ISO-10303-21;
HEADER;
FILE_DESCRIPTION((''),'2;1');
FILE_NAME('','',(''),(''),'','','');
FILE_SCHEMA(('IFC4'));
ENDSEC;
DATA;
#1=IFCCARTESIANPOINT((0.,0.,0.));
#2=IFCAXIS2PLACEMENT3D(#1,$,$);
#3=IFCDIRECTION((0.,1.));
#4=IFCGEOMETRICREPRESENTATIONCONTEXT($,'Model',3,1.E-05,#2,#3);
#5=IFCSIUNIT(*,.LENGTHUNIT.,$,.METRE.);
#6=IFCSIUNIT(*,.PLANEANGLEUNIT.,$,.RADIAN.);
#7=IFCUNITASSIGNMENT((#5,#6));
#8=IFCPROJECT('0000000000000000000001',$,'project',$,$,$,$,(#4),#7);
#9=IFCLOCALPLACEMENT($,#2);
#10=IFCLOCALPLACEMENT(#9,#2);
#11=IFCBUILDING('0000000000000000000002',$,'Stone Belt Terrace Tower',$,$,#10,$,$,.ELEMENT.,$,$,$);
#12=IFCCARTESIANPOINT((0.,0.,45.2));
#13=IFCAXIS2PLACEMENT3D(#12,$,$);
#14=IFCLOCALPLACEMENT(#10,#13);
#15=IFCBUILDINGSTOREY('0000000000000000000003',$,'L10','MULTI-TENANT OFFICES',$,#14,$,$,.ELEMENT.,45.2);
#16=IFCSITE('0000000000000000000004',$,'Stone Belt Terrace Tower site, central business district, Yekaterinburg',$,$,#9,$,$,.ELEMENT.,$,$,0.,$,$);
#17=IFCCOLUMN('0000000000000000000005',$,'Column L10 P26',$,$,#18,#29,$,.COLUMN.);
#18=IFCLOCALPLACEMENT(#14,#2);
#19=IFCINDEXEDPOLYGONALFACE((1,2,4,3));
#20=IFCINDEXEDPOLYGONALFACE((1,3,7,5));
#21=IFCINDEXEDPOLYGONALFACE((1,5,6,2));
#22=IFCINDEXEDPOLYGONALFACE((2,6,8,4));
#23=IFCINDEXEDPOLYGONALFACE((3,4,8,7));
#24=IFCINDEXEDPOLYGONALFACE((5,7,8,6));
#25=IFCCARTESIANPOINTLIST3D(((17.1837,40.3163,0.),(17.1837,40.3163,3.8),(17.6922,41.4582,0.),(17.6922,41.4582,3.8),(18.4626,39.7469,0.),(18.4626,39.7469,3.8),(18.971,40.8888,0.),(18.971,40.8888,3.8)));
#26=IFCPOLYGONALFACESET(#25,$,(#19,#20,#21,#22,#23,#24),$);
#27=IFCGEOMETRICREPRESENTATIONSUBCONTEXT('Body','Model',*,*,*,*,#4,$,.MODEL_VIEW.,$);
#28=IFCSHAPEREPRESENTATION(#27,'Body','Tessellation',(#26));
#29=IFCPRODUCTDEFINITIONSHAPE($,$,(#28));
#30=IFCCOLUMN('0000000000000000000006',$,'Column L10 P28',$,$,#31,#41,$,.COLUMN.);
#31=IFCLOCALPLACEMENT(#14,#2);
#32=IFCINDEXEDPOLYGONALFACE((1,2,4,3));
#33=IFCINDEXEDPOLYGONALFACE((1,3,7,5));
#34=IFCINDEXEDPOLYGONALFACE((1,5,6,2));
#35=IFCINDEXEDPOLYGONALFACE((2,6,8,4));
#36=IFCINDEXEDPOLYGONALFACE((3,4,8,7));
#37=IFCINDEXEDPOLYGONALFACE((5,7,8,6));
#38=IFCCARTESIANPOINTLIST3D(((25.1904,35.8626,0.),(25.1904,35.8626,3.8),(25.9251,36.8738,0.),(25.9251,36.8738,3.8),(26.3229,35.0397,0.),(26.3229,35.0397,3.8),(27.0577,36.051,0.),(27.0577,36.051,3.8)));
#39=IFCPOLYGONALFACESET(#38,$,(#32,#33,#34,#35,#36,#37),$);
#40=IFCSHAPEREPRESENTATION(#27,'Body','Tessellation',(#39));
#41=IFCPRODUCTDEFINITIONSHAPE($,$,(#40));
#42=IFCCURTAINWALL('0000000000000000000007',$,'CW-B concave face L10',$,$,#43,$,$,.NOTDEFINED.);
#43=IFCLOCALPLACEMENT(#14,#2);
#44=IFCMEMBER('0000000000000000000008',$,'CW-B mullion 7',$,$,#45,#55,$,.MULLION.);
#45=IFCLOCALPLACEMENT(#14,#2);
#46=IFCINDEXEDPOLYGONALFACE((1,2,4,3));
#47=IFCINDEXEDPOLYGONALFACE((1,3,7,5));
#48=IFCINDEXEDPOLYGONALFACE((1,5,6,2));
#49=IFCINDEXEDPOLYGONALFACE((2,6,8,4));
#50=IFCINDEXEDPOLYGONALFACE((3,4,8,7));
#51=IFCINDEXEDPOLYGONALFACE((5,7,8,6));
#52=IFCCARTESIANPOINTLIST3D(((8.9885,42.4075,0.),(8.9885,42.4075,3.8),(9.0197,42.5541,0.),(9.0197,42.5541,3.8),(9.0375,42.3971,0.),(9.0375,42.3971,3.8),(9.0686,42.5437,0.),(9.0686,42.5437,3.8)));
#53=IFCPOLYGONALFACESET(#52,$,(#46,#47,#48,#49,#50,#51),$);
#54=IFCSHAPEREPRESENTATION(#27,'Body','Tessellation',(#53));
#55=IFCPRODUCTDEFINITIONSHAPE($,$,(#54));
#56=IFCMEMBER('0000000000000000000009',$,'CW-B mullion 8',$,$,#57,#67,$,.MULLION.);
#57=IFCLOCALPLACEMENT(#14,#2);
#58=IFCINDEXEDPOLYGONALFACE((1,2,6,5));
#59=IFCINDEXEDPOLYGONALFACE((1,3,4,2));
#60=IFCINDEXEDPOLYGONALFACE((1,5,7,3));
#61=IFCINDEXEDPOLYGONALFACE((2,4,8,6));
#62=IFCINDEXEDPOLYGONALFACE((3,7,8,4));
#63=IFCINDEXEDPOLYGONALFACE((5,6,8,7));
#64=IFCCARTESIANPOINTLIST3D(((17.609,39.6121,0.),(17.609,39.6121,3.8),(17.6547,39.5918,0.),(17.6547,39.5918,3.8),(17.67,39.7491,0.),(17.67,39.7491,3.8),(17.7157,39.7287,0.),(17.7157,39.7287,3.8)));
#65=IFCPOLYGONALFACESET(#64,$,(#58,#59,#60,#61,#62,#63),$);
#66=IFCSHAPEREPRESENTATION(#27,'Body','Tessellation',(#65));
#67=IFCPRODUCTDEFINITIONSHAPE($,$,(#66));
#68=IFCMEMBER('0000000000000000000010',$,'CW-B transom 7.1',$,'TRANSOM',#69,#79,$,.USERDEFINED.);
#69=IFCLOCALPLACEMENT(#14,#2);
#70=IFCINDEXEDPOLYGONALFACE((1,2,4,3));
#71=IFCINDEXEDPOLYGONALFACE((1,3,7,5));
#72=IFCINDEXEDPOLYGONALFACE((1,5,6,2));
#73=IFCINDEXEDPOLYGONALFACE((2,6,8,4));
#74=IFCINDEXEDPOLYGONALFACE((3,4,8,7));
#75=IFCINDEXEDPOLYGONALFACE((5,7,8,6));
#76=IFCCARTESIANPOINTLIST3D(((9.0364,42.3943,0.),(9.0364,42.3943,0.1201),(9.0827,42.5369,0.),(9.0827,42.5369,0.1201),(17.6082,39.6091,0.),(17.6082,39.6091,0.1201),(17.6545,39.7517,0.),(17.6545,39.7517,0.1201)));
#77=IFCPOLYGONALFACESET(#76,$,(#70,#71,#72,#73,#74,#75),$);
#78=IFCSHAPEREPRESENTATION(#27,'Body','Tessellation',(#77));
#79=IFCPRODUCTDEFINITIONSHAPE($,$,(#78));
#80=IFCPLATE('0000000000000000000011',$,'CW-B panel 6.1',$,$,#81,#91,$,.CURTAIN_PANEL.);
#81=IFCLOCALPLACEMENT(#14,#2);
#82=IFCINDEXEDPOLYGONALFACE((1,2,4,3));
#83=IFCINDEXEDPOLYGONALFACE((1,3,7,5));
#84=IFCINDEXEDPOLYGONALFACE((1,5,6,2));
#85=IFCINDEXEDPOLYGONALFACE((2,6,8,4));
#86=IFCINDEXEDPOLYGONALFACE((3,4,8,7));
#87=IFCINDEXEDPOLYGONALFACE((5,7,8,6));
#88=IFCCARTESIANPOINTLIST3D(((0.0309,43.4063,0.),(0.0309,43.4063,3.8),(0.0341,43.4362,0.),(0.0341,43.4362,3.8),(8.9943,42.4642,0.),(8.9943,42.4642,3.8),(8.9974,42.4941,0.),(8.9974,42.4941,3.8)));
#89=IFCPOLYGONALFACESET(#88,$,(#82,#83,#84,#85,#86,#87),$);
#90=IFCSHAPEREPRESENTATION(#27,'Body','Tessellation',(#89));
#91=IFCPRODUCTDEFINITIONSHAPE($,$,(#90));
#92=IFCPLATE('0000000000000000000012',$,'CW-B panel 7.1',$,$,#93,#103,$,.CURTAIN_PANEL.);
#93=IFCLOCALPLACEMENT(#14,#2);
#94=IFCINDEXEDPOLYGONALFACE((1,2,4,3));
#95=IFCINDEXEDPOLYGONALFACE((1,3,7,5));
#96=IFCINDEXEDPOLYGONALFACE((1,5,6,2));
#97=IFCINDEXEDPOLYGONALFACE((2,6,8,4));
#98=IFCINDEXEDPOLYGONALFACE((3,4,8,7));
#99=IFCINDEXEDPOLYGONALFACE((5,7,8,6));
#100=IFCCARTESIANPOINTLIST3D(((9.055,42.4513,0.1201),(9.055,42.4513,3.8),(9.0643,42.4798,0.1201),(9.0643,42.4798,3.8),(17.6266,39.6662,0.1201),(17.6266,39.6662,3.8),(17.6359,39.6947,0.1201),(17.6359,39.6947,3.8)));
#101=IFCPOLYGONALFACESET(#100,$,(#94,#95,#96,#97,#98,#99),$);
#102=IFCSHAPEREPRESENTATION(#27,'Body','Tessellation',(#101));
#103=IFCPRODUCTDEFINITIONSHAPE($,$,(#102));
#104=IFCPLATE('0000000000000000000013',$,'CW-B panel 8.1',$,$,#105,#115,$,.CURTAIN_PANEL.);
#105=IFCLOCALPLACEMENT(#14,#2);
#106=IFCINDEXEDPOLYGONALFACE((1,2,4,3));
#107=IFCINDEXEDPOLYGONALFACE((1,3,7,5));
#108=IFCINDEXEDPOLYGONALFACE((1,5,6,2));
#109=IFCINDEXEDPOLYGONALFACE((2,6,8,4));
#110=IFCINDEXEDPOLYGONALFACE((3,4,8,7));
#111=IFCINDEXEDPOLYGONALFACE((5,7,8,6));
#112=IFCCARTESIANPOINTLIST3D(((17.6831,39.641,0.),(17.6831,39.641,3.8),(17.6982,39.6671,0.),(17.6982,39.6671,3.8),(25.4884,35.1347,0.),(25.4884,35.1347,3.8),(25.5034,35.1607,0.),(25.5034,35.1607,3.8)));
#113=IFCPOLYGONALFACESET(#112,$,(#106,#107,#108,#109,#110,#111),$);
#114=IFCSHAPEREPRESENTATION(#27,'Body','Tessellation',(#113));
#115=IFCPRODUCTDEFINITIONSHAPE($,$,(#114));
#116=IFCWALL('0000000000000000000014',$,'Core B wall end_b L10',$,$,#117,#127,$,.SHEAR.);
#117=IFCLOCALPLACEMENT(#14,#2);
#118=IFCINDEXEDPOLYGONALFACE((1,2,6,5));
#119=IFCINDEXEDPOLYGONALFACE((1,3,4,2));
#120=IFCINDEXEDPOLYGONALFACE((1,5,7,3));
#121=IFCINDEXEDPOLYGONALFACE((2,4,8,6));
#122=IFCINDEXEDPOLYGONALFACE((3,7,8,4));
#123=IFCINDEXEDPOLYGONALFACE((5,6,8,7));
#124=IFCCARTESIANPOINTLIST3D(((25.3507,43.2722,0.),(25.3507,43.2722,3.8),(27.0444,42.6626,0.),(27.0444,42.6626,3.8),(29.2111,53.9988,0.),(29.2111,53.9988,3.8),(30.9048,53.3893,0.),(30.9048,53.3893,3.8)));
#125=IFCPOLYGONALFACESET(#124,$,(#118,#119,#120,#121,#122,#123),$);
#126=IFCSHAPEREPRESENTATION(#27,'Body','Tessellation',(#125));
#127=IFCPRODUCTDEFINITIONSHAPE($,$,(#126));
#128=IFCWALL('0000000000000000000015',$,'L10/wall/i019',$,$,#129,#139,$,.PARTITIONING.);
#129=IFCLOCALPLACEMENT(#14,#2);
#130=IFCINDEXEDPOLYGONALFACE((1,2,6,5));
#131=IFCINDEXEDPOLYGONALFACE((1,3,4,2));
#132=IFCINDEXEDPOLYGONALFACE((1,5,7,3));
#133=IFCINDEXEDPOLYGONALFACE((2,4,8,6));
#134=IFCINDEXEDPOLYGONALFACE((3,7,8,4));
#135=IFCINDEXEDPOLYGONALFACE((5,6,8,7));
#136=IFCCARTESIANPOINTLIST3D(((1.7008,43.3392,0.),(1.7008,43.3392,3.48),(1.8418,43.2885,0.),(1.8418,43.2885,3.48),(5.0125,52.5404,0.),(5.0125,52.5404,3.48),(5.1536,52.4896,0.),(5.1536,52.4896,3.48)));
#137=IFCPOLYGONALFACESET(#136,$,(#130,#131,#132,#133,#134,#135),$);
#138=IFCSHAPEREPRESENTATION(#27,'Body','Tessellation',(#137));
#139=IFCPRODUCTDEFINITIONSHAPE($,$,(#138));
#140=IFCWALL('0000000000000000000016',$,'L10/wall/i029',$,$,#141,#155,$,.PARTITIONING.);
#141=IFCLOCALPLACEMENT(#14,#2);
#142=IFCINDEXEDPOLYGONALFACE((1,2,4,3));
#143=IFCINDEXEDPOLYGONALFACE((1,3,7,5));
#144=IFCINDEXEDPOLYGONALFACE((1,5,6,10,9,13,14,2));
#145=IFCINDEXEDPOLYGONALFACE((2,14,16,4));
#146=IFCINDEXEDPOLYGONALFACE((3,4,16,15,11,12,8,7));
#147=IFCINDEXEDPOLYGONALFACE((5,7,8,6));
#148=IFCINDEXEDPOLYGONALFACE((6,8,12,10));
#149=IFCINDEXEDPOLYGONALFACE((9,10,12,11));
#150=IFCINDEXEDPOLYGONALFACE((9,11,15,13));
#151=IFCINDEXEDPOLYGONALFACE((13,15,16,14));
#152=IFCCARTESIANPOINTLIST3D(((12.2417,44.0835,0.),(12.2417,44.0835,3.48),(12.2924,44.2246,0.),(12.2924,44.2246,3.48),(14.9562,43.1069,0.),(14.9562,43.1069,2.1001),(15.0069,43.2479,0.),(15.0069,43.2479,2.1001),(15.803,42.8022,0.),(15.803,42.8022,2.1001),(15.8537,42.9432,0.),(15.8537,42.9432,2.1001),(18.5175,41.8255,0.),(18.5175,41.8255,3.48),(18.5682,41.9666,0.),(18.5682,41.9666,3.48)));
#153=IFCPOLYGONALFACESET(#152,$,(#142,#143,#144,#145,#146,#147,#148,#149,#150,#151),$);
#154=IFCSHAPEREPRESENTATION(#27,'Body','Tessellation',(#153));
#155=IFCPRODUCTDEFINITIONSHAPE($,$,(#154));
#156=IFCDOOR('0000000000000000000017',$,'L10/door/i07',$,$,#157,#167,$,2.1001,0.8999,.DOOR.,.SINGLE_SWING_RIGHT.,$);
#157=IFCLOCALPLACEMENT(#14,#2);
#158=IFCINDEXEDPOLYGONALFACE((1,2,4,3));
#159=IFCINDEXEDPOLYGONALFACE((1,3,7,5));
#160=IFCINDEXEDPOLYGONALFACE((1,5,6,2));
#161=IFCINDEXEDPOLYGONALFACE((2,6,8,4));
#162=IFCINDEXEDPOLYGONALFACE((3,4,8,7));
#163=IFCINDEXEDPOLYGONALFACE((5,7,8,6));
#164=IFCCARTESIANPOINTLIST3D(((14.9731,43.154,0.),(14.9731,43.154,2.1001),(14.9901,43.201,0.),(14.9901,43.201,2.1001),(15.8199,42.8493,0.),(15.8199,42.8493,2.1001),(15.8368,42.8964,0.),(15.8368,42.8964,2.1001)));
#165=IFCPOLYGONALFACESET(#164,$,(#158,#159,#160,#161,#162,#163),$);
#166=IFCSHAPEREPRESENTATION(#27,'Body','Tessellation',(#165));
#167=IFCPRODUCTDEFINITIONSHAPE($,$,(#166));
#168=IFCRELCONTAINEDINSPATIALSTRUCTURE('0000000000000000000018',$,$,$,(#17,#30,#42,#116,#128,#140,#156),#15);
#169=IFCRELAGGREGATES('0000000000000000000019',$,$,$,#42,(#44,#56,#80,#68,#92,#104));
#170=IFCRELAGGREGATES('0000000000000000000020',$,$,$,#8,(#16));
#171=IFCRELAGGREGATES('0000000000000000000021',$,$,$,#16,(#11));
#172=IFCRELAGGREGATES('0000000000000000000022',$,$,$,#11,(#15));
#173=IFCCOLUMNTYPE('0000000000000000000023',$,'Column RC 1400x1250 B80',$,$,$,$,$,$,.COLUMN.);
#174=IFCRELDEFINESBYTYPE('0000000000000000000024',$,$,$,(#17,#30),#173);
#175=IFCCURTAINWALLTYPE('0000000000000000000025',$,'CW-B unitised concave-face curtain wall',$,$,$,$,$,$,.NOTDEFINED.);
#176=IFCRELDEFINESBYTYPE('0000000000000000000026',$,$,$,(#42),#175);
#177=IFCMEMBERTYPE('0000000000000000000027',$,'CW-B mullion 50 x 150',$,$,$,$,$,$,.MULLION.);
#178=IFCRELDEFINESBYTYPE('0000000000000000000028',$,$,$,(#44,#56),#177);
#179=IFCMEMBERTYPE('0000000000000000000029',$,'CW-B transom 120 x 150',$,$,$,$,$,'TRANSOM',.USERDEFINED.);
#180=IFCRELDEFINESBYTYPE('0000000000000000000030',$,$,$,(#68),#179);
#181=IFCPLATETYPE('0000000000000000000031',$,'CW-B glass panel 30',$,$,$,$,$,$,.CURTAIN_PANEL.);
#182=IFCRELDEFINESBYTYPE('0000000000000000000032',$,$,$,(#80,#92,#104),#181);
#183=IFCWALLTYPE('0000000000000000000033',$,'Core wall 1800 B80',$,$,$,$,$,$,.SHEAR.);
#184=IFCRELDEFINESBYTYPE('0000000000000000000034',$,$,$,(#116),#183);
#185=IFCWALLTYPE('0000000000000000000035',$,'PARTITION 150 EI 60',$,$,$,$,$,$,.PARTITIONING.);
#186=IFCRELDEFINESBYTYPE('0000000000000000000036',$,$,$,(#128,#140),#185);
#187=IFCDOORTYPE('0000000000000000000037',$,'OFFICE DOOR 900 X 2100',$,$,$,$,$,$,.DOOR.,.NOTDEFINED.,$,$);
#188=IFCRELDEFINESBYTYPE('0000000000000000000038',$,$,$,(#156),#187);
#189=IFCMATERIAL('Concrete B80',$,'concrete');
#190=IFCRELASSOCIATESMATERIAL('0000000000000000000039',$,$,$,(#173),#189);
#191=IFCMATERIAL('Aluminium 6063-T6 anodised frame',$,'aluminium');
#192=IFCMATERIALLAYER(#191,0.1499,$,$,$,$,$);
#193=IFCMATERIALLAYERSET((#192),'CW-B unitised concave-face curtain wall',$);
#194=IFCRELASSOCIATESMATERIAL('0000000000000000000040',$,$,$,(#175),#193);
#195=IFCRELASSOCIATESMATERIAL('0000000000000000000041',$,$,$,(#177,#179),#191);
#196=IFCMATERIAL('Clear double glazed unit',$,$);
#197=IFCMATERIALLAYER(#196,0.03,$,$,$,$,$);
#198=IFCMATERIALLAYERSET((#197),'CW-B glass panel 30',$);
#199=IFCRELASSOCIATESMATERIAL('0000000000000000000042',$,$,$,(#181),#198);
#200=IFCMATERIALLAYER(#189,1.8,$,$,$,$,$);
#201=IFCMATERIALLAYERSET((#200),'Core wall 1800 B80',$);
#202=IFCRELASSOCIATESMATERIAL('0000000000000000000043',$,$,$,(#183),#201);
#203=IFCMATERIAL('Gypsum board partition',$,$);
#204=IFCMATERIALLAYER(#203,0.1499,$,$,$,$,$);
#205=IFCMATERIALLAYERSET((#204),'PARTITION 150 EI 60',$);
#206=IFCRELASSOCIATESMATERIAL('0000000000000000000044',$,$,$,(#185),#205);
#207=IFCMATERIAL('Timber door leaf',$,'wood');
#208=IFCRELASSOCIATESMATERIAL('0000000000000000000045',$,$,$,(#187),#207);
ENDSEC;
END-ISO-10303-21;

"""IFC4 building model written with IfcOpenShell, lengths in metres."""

from ifc_helpers import new_model, si_unit, direction, frame, frame_2d, origin, origin_2d, place, context, subcontext, project, spatial, rectangle, extrude, material, layer, layer_set, material_profile, profile_set, type_object, element, fill, aggregate, save


model = new_model("IFC4")

# Units and contexts
model_context = context("Model", 3, precision=1e-05, world=origin(), true_north=direction((0.0, 1.0)))
body_context = subcontext(model_context, "Body", "Model", "MODEL_VIEW")
ifc_project = project(units=[si_unit("LENGTHUNIT", "METRE"), si_unit("PLANEANGLEUNIT", "RADIAN")], contexts=[model_context])

# Site, building, storey
site_placement = place(None, origin())
site = spatial("IfcSite", under=ifc_project, at=site_placement, Name="Stone Belt Terrace Tower site, central business district, Yekaterinburg", CompositionType="ELEMENT", RefElevation=0.0)
building_placement = place(site_placement, origin())
building = spatial("IfcBuilding", under=site, at=building_placement, Name="Stone Belt Terrace Tower", CompositionType="ELEMENT")
storey_placement = place(building_placement, frame((0.0, 0.0, 45.2)))
storey = spatial("IfcBuildingStorey", under=building, at=storey_placement, Name="L10", Description="MULTI-TENANT OFFICES", CompositionType="ELEMENT", Elevation=45.2)

# Columns
ifc_material_1 = material(Name="Concrete B80", Category="concrete")
ifc_material_profile_1 = material_profile(ifc_material_1, rectangle(XDim=1.3999, YDim=1.25, at=origin_2d()), Name="RC 1400x1250")
ifc_profile_set_1 = profile_set([ifc_material_profile_1], Name="Concrete B80")
column_type = type_object("IfcColumnType", Name="Column RC 1400x1250 B80", PredefinedType="COLUMN", material=ifc_profile_set_1)
for number, where, z_axis, x_axis, name in (
    (1, (18.0774, 40.6025, 0.0), (0.0, 0.0, 1.0), (0.913545, -0.406737, 0.0), "Column L10 P26"),
    (2, (26.124, 35.9568, 0.0), (0.0, 0.0, 1.0), (0.809017, -0.587785, 0.0), "Column L10 P28"),
):
    element("IfcColumn", number, at=place(storey_placement, frame(where, z_axis=z_axis, x_axis=x_axis)), inside=storey, type_object=column_type, Name=name, PredefinedType="COLUMN", context=body_context, shape_type="SweptSolid", body=[
        extrude(rectangle(XDim=1.3999, YDim=1.25, at=origin_2d()), origin(), (0.0, 0.0, 1.0), 3.8),
    ])

# Curtain wall, members, plates
ifc_material_2 = material(Name="Aluminium 6063-T6 anodised frame", Category="aluminium")
ifc_layer_1 = layer(ifc_material_2, 0.1499)
ifc_layer_set_1 = layer_set([ifc_layer_1], Name="CW-B unitised concave-face curtain wall")
curtain_wall_type = type_object("IfcCurtainWallType", Name="CW-B unitised concave-face curtain wall", PredefinedType="NOTDEFINED", material=ifc_layer_set_1)
curtain_wall_placement = place(storey_placement, origin())
curtain_wall = element("IfcCurtainWall", 3, at=curtain_wall_placement, inside=storey, type_object=curtain_wall_type, Name="CW-B concave face L10", PredefinedType="NOTDEFINED")
ifc_material_profile_2 = material_profile(ifc_material_2, rectangle(XDim=0.1499, YDim=0.05, at=origin_2d()), Name="Aluminium 6063-T6 50x150")
ifc_profile_set_2 = profile_set([ifc_material_profile_2], Name="Aluminium 6063-T6 anodised frame")
member_type_1 = type_object("IfcMemberType", Name="CW-B mullion 50 x 150", PredefinedType="MULLION", material=ifc_profile_set_2)
member_1_placement = place(storey_placement, frame((9.0286, 42.4756, 0.0), z_axis=(0.0, 0.0, 1.0), x_axis=(0.207912, 0.978148, 0.0)))
member_1 = element("IfcMember", 4, at=member_1_placement, type_object=member_type_1, Name="CW-B mullion 7", PredefinedType="MULLION", context=body_context, shape_type="SweptSolid", body=[
    extrude(rectangle(XDim=0.1499, YDim=0.05, at=origin_2d()), origin(), (0.0, 0.0, 1.0), 3.8),
])
member_2_placement = place(storey_placement, frame((17.6624, 39.6704, 0.0), z_axis=(0.0, 0.0, 1.0), x_axis=(0.406737, 0.913545, 0.0)))
member_2 = element("IfcMember", 5, at=member_2_placement, type_object=member_type_1, Name="CW-B mullion 8", PredefinedType="MULLION", context=body_context, shape_type="SweptSolid", body=[
    extrude(rectangle(XDim=0.1499, YDim=0.05, at=origin_2d()), origin(), (0.0, 0.0, 1.0), 3.8),
])
ifc_material_profile_3 = material_profile(ifc_material_2, rectangle(XDim=0.1499, YDim=0.1201, at=origin_2d()), Name="Aluminium 6063-T6 150x120")
ifc_profile_set_3 = profile_set([ifc_material_profile_3], Name="Aluminium 6063-T6 anodised frame")
member_type_2 = type_object("IfcMemberType", Name="CW-B transom 120 x 150", ElementType="TRANSOM", PredefinedType="USERDEFINED", material=ifc_profile_set_3)
member_3_placement = place(storey_placement, frame((9.0596, 42.4656, 0.0601), z_axis=(0.951056, -0.309019, 0.0), x_axis=(0.309019, 0.951056, 0.0)))
member_3 = element("IfcMember", 6, at=member_3_placement, type_object=member_type_2, Name="CW-B transom 7.1", ObjectType="TRANSOM", PredefinedType="USERDEFINED", context=body_context, shape_type="SweptSolid", body=[
    extrude(rectangle(XDim=0.1499, YDim=0.1201, at=origin_2d()), origin(), (0.0, 0.0, 1.0), 9.0129),
])
ifc_material_3 = material(Name="Clear double glazed unit")
ifc_layer_2 = layer(ifc_material_3, 0.03)
ifc_layer_set_2 = layer_set([ifc_layer_2], Name="CW-B glass panel 30")
plate_type = type_object("IfcPlateType", Name="CW-B glass panel 30", PredefinedType="CURTAIN_PANEL", material=ifc_layer_set_2)
plate_1_placement = place(storey_placement, frame((4.5142, 42.9502, 0.0), z_axis=(0.0, 0.0, 1.0), x_axis=(0.994522, -0.104528, 0.0)))
plate_1 = element("IfcPlate", 7, at=plate_1_placement, type_object=plate_type, Name="CW-B panel 6.1", PredefinedType="CURTAIN_PANEL", context=body_context, shape_type="SweptSolid", body=[
    extrude(rectangle(XDim=9.0127, YDim=0.03, at=origin_2d()), origin(), (0.0, 0.0, 1.0), 3.8),
])
plate_2_placement = place(storey_placement, frame((13.3455, 41.073, 0.1201), z_axis=(0.0, 0.0, 1.0), x_axis=(0.951057, -0.309017, 0.0)))
plate_2 = element("IfcPlate", 8, at=plate_2_placement, type_object=plate_type, Name="CW-B panel 7.1", PredefinedType="CURTAIN_PANEL", context=body_context, shape_type="SweptSolid", body=[
    extrude(rectangle(XDim=9.0127, YDim=0.03, at=origin_2d()), origin(), (0.0, 0.0, 1.0), 3.6799),
])
plate_3_placement = place(storey_placement, frame((21.5933, 37.4009, 0.0), z_axis=(0.0, 0.0, 1.0), x_axis=(0.866025, -0.5, 0.0)))
plate_3 = element("IfcPlate", 9, at=plate_3_placement, type_object=plate_type, Name="CW-B panel 8.1", PredefinedType="CURTAIN_PANEL", context=body_context, shape_type="SweptSolid", body=[
    extrude(rectangle(XDim=9.0127, YDim=0.03, at=origin_2d()), origin(), (0.0, 0.0, 1.0), 3.8),
])
aggregate(curtain_wall, [member_1, member_2, plate_1, member_3, plate_2, plate_3])

# Walls
ifc_layer_3 = layer(ifc_material_1, 1.8)
ifc_layer_set_3 = layer_set([ifc_layer_3], Name="Core wall 1800 B80")
wall_type_1 = type_object("IfcWallType", Name="Core wall 1800 B80", PredefinedType="SHEAR", material=ifc_layer_set_3)
wall_1_placement = place(storey_placement, frame((26.1975, 42.9673, 0.0), z_axis=(0.0, 0.0, 1.0), x_axis=(0.338625, 0.940921, 0.0)))
element("IfcWall", 10, at=wall_1_placement, inside=storey, type_object=wall_type_1, Name="Core B wall end_b L10", PredefinedType="SHEAR", context=body_context, shape_type="SweptSolid", body=[
    extrude(rectangle(XDim=11.4001, YDim=1.8, at=frame_2d((5.7002, 0.0))), origin(), (0.0, 0.0, 1.0), 3.8),
])
ifc_material_4 = material(Name="Gypsum board partition")
ifc_layer_4 = layer(ifc_material_4, 0.1499)
ifc_layer_set_4 = layer_set([ifc_layer_4], Name="PARTITION 150 EI 60")
wall_type_2 = type_object("IfcWallType", Name="PARTITION 150 EI 60", PredefinedType="PARTITIONING", material=ifc_layer_set_4)
wall_2_placement = place(storey_placement, frame((1.7712, 43.3137, 0.0), z_axis=(0.0, 0.0, 1.0), x_axis=(0.33866, 0.940909, 0.0)))
element("IfcWall", 11, at=wall_2_placement, inside=storey, type_object=wall_type_2, Name="L10/wall/i019", PredefinedType="PARTITIONING", context=body_context, shape_type="SweptSolid", body=[
    extrude(rectangle(XDim=9.7791, YDim=0.1499, at=frame_2d((4.8896, 0.0))), origin(), (0.0, 0.0, 1.0), 3.48),
])

# Wall, opening, door
wall_3_placement = place(storey_placement, frame((18.543, 41.896, 0.0), z_axis=(0.0, 0.0, 1.0), x_axis=(-0.940948, 0.338552, 0.0)))
wall_3 = element("IfcWall", 12, at=wall_3_placement, inside=storey, type_object=wall_type_2, Name="L10/wall/i029", PredefinedType="PARTITIONING", context=body_context, shape_type="SweptSolid", body=[
    extrude(rectangle(XDim=6.6697, YDim=0.1499, at=frame_2d((3.335, 0.0))), origin(), (0.0, 0.0, 1.0), 3.48),
])
opening_1_placement = place(wall_3_placement, frame((2.885, 0.0, 0.0)))
opening_1 = element("IfcOpeningElement", 13, at=opening_1_placement, cuts=wall_3, PredefinedType="OPENING", context=body_context, shape_type="SweptSolid", body=[
    extrude(rectangle(XDim=0.8999, YDim=2.1001, at=frame_2d((0.45, 1.05))), frame((0.0, 0.085, 0.0), z_axis=(0.0, -1.0, 0.0), x_axis=(1.0, 0.0, 0.0)), (0.0, 0.0, 1.0), 0.1699),
])
ifc_material_5 = material(Name="Timber door leaf", Category="wood")
door_type_1 = type_object("IfcDoorType", Name="OFFICE DOOR 900 X 2100", OperationType="NOTDEFINED", PredefinedType="DOOR", material=ifc_material_5)
door_1_placement = place(opening_1_placement, origin())
door_1 = element("IfcDoor", 14, at=door_1_placement, inside=storey, type_object=door_type_1, Name="L10/door/i07", OperationType="SINGLE_SWING_RIGHT", OverallHeight=2.1001, OverallWidth=0.8999, PredefinedType="DOOR", context=body_context, shape_type="SweptSolid", body=[
    extrude(rectangle(XDim=0.8999, YDim=2.1001, at=frame_2d((0.45, 1.05))), frame((0.0, 0.0249, 0.0), z_axis=(0.0, -1.0, 0.0), x_axis=(1.0, 0.0, 0.0)), (0.0, 0.0, 1.0), 0.05),
])
fill(opening_1, door_1)

save(model, "model.ifc")
